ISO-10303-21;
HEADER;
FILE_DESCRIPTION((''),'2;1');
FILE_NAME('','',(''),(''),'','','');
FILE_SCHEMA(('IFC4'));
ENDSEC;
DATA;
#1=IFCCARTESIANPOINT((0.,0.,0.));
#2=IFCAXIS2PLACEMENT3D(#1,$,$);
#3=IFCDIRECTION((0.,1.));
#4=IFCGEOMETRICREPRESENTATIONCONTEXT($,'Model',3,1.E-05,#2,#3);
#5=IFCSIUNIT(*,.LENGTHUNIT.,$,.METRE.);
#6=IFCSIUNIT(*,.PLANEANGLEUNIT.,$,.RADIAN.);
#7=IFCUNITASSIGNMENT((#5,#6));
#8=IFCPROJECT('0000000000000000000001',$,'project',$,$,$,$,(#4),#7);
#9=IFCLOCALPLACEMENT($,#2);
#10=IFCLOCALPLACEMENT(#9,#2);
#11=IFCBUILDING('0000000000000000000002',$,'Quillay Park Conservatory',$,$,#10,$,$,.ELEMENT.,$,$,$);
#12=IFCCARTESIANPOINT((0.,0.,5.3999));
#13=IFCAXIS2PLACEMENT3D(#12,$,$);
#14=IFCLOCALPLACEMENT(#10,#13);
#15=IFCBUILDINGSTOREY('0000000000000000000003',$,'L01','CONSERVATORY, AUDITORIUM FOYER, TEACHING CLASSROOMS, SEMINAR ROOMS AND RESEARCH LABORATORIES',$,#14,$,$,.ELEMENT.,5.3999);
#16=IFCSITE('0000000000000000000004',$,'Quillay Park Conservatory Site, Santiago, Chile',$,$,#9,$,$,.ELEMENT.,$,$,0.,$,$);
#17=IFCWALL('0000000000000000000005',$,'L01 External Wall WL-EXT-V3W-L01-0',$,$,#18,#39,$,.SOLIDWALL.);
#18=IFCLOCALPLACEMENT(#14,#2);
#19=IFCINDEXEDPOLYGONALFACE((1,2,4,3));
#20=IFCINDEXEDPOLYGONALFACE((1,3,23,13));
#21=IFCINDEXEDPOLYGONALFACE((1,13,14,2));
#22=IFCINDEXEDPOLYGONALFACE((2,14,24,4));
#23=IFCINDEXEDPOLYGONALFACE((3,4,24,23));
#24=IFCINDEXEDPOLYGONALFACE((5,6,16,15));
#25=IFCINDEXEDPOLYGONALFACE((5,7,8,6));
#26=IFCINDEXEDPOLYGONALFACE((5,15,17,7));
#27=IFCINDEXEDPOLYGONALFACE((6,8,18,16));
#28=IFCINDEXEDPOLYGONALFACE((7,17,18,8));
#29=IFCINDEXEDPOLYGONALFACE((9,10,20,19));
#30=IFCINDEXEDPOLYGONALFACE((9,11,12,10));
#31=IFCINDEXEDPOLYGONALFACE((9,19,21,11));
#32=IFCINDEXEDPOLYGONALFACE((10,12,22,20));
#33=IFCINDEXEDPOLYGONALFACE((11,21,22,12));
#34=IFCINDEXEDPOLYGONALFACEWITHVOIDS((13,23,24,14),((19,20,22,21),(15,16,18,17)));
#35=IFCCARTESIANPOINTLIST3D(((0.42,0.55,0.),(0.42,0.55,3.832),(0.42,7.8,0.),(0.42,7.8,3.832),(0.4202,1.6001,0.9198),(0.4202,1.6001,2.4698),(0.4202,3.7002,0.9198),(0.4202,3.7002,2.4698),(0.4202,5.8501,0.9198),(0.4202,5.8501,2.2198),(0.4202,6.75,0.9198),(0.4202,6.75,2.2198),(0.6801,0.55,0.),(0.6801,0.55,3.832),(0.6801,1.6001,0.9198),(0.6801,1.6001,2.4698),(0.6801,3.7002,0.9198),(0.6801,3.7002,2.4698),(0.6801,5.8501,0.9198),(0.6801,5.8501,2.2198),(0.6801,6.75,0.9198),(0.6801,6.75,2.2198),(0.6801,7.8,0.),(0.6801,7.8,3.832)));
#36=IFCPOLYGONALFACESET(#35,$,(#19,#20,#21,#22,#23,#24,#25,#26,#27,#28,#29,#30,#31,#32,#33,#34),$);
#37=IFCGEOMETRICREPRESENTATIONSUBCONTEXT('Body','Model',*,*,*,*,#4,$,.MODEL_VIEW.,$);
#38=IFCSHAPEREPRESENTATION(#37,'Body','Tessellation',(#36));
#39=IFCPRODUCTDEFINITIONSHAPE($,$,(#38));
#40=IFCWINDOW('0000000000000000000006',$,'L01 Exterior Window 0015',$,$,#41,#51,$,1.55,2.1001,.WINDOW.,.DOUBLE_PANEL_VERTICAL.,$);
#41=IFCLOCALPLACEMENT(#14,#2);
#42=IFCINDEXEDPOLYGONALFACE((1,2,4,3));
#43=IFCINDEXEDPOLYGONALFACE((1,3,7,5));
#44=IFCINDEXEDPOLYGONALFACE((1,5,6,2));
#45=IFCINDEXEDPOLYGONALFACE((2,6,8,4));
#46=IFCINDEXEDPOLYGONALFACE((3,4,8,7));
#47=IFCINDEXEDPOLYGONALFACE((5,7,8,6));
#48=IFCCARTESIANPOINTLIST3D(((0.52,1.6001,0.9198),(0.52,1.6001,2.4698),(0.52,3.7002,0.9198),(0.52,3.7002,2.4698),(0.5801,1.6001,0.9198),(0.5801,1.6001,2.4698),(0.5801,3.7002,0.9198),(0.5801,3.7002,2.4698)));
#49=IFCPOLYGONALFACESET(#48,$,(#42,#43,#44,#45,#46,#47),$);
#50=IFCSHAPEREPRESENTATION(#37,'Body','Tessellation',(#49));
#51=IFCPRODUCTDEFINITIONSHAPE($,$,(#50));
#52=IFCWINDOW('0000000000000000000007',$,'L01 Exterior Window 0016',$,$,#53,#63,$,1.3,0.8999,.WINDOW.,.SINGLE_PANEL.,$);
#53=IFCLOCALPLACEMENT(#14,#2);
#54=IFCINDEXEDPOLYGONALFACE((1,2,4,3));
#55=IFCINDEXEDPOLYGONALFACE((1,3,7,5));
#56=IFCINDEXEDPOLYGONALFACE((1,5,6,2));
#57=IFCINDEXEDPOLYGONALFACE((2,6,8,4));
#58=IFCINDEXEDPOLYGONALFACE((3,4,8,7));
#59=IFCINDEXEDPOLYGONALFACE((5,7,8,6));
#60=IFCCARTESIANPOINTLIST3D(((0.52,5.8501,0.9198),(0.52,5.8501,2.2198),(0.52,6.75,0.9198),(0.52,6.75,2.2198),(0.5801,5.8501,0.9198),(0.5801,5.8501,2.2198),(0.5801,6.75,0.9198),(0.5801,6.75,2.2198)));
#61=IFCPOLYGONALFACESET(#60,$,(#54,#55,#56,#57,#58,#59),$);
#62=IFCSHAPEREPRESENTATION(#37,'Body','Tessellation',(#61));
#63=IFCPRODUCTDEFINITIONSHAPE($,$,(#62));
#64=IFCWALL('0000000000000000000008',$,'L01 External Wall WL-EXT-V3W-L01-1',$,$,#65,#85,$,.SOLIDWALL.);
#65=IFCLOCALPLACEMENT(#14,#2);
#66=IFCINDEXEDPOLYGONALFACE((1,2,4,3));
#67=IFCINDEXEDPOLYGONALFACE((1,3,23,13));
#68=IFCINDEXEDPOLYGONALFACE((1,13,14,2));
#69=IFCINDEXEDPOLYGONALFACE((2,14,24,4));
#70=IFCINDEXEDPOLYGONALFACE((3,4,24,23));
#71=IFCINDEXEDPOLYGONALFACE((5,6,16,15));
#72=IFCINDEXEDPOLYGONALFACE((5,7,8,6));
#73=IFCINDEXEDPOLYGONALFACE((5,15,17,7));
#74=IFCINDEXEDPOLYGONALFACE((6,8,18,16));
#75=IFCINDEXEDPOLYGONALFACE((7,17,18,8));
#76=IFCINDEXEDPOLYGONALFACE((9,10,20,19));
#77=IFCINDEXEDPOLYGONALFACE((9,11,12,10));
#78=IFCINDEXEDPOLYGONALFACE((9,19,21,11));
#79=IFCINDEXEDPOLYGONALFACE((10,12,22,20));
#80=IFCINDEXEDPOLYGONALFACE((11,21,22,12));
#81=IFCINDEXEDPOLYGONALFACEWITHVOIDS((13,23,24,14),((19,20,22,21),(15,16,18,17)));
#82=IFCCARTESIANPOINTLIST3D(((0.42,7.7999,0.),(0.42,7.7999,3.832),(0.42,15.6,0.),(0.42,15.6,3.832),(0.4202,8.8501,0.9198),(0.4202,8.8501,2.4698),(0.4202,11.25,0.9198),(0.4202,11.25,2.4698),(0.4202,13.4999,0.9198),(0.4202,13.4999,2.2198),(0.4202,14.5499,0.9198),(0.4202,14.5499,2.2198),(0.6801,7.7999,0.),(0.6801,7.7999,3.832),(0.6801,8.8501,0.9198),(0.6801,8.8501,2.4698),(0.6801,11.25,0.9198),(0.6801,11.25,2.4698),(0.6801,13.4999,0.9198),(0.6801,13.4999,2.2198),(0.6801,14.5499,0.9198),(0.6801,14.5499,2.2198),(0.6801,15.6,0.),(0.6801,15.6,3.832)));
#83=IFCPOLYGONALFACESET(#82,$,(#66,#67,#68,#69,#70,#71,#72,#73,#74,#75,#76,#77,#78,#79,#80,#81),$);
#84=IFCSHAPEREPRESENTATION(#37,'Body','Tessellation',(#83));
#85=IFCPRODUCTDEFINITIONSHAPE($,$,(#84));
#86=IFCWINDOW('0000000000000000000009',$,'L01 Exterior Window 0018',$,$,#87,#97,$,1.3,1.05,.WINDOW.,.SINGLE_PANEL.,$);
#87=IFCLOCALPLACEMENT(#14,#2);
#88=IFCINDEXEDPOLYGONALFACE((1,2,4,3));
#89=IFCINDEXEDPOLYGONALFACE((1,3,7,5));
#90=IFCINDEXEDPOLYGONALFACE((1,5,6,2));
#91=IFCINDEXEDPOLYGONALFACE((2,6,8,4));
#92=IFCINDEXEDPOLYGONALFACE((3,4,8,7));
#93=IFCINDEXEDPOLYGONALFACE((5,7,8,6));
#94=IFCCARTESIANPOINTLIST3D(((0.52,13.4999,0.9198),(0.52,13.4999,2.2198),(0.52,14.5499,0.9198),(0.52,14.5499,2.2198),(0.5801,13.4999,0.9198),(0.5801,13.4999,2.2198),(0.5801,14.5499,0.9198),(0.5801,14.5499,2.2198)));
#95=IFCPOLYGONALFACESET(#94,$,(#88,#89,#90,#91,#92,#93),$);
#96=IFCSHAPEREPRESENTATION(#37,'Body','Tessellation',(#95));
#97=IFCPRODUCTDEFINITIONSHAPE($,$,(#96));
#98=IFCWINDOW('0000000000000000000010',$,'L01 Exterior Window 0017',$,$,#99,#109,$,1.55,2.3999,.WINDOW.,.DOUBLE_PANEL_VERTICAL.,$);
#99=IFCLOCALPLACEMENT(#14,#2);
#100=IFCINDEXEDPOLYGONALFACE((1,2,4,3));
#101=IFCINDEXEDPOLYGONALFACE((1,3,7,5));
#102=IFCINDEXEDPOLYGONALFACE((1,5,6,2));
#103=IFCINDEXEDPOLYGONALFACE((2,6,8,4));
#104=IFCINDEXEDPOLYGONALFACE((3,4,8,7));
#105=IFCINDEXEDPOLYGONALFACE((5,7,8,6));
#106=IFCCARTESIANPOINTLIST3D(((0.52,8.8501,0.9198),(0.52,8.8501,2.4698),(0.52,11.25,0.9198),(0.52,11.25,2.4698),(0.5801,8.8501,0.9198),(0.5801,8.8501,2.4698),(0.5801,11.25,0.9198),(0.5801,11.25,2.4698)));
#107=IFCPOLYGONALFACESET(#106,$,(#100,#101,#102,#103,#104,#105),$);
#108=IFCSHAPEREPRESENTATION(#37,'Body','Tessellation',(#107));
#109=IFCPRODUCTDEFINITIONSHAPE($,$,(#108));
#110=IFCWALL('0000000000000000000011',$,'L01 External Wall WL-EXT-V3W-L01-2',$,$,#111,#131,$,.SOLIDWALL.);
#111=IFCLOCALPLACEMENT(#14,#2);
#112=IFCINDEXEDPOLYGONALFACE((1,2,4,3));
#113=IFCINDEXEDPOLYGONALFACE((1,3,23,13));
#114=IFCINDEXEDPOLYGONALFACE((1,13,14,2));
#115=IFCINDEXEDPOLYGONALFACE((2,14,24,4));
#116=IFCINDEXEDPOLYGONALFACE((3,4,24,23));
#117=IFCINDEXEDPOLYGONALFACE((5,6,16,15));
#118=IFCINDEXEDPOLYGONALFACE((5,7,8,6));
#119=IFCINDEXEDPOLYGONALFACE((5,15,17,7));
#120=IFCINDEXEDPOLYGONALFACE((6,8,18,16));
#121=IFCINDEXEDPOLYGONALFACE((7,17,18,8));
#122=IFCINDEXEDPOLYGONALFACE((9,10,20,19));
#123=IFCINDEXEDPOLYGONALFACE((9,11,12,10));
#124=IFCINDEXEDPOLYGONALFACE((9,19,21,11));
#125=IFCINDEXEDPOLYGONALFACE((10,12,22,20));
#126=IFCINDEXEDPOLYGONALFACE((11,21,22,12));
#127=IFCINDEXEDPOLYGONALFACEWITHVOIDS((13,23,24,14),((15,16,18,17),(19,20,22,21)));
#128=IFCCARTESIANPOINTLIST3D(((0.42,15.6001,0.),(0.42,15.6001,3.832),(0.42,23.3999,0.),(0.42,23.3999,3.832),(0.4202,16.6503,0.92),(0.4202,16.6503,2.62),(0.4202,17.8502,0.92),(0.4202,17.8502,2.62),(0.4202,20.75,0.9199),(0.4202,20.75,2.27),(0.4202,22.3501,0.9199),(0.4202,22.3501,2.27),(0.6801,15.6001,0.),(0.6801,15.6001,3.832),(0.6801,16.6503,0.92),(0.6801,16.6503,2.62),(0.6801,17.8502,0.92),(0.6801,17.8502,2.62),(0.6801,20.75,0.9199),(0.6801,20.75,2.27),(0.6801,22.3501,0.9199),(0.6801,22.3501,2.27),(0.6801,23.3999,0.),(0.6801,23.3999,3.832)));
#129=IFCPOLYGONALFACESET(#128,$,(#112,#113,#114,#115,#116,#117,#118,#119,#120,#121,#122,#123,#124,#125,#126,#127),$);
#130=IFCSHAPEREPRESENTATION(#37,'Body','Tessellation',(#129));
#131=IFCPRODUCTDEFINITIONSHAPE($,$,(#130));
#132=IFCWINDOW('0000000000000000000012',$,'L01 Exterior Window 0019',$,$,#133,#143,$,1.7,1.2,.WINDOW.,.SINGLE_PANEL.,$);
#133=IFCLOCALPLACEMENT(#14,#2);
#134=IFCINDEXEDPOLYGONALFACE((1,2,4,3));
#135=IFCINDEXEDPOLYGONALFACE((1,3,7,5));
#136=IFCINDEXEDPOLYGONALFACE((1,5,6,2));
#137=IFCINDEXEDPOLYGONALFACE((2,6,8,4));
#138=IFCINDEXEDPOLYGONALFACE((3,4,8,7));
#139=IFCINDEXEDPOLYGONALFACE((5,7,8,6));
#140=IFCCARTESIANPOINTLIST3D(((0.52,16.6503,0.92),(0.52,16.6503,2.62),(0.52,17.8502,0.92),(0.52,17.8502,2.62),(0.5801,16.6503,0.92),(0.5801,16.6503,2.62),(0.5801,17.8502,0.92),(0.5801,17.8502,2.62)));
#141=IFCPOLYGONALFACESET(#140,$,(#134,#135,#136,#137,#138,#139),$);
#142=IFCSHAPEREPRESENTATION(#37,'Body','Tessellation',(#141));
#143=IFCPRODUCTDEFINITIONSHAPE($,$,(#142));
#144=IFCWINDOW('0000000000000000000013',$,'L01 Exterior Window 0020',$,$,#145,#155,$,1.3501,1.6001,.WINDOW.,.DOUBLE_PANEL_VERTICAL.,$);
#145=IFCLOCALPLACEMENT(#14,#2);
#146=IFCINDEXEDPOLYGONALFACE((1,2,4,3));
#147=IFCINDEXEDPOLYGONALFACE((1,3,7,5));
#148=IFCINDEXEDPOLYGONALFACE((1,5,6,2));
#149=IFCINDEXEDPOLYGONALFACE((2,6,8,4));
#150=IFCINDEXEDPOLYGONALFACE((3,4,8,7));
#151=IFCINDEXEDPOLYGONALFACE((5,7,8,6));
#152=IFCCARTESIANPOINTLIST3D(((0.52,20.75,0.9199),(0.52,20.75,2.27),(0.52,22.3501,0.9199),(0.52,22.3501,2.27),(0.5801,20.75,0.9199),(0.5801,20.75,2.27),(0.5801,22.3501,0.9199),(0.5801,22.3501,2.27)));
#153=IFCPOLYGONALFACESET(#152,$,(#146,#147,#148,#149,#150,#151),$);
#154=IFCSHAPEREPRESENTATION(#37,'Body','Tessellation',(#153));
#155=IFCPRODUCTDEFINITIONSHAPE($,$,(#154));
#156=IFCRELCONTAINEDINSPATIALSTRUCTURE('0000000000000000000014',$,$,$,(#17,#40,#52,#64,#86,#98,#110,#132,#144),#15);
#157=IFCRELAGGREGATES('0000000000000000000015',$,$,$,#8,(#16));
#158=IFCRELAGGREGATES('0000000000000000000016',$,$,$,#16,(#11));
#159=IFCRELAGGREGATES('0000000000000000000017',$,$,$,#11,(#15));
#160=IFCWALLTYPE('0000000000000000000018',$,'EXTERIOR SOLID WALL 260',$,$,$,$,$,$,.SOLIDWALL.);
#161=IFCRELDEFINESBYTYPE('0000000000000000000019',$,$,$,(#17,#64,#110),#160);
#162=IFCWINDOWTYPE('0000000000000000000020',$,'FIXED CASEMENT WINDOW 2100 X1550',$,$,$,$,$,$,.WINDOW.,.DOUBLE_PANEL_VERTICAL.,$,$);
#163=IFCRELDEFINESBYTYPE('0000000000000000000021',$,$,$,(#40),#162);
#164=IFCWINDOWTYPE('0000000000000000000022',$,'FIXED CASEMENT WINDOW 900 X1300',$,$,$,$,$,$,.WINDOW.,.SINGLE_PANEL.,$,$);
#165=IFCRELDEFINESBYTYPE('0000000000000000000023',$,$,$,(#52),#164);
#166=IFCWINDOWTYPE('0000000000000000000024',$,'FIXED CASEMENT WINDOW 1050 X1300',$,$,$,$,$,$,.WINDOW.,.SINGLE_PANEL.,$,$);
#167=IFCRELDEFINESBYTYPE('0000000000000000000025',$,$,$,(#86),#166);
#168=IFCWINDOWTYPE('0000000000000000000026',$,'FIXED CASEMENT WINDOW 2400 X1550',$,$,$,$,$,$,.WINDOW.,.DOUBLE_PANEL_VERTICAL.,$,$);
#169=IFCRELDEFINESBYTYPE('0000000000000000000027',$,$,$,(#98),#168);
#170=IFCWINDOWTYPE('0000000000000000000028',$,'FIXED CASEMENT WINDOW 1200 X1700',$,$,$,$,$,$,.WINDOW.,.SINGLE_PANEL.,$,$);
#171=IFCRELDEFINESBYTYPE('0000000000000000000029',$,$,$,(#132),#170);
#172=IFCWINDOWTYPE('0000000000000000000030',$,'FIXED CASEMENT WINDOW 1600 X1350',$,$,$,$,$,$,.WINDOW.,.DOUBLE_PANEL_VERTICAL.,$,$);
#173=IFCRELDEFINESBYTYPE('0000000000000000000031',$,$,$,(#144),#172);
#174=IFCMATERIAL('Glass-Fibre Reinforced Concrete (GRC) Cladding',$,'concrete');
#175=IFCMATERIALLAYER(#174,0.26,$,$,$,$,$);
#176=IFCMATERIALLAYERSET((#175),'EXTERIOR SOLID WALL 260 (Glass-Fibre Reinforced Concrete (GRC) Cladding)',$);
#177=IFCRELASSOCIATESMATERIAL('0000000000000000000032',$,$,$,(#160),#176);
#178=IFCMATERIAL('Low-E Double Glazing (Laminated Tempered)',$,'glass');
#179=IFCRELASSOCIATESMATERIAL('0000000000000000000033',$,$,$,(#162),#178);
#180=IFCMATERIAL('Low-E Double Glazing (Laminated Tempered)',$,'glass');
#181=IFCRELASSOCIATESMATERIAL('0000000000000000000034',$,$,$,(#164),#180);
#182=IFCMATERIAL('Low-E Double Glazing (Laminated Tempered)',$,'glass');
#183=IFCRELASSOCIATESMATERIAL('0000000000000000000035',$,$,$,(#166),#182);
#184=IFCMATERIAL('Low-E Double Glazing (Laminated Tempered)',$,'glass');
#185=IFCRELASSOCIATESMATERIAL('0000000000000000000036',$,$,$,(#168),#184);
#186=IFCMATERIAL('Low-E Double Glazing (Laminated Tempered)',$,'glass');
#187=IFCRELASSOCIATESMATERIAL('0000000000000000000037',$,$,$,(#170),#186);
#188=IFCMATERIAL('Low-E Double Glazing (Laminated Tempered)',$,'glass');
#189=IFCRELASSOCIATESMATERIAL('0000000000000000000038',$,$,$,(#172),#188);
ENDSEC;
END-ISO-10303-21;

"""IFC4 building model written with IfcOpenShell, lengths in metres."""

from ifc_helpers import new_model, si_unit, direction, frame, frame_2d, origin, place, context, subcontext, project, spatial, rectangle, extrude, material, layer, layer_set, type_object, element, fill, save


model = new_model("IFC4")

# Units and contexts
model_context = context("Model", 3, precision=1e-05, world=origin(), true_north=direction((0.0, 1.0)))
body_context = subcontext(model_context, "Body", "Model", "MODEL_VIEW")
ifc_project = project(units=[si_unit("LENGTHUNIT", "METRE"), si_unit("PLANEANGLEUNIT", "RADIAN")], contexts=[model_context])

# Site, building, storey
site_placement = place(None, origin())
site = spatial("IfcSite", under=ifc_project, at=site_placement, Name="Quillay Park Conservatory Site, Santiago, Chile", CompositionType="ELEMENT", RefElevation=0.0)
building_placement = place(site_placement, origin())
building = spatial("IfcBuilding", under=site, at=building_placement, Name="Quillay Park Conservatory", CompositionType="ELEMENT")
storey_placement = place(building_placement, frame((0.0, 0.0, 5.3999)))
storey = spatial("IfcBuildingStorey", under=building, at=storey_placement, Name="L01", Description="CONSERVATORY, AUDITORIUM FOYER, TEACHING CLASSROOMS, SEMINAR ROOMS AND RESEARCH LABORATORIES", CompositionType="ELEMENT", Elevation=5.3999)

# Walls, openings, windows
ifc_material_1 = material(Name="Glass-Fibre Reinforced Concrete (GRC) Cladding", Category="concrete")
ifc_layer_1 = layer(ifc_material_1, 0.26)
ifc_layer_set_1 = layer_set([ifc_layer_1], Name="EXTERIOR SOLID WALL 260 (Glass-Fibre Reinforced Concrete (GRC) Cladding)")
wall_type_1 = type_object("IfcWallType", Name="EXTERIOR SOLID WALL 260", PredefinedType="SOLIDWALL", material=ifc_layer_set_1)
wall_1_placement = place(storey_placement, frame((0.55, 0.55, 0.0), z_axis=(0.0, 0.0, 1.0), x_axis=(0.0, 1.0, 0.0)))
wall_1 = element("IfcWall", 1, at=wall_1_placement, inside=storey, type_object=wall_type_1, Name="L01 External Wall WL-EXT-V3W-L01-0", PredefinedType="SOLIDWALL", context=body_context, shape_type="SweptSolid", body=[
    extrude(rectangle(XDim=7.25, YDim=0.26, at=frame_2d((3.625, 0.0))), origin(), (0.0, 0.0, 1.0), 3.832),
])
opening_1_placement = place(wall_1_placement, frame((1.05, 0.0, 0.9199)))
opening_1 = element("IfcOpeningElement", 2, at=opening_1_placement, cuts=wall_1, PredefinedType="OPENING", context=body_context, shape_type="SweptSolid", body=[
    extrude(rectangle(XDim=2.1001, YDim=1.55, at=frame_2d((1.05, 0.7749))), frame((0.0, 0.1299, 0.0), z_axis=(0.0, -1.0, 0.0), x_axis=(1.0, 0.0, 0.0)), (0.0, 0.0, 1.0), 0.26),
])
opening_2_placement = place(wall_1_placement, frame((5.3, 0.0, 0.9199)))
opening_2 = element("IfcOpeningElement", 3, at=opening_2_placement, cuts=wall_1, PredefinedType="OPENING", context=body_context, shape_type="SweptSolid", body=[
    extrude(rectangle(XDim=0.8999, YDim=1.3, at=frame_2d((0.45, 0.6499))), frame((0.0, 0.1299, 0.0), z_axis=(0.0, -1.0, 0.0), x_axis=(1.0, 0.0, 0.0)), (0.0, 0.0, 1.0), 0.26),
])
ifc_material_2 = material(Name="Low-E Double Glazing (Laminated Tempered)", Category="glass")
window_type_1 = type_object("IfcWindowType", Name="FIXED CASEMENT WINDOW 2100 X1550", PartitioningType="DOUBLE_PANEL_VERTICAL", PredefinedType="WINDOW", material=ifc_material_2)
window_1_placement = place(opening_1_placement, origin())
window_1 = element("IfcWindow", 4, at=window_1_placement, inside=storey, type_object=window_type_1, Name="L01 Exterior Window 0015", OverallHeight=1.55, OverallWidth=2.1001, PartitioningType="DOUBLE_PANEL_VERTICAL", PredefinedType="WINDOW", context=body_context, shape_type="SweptSolid", body=[
    extrude(rectangle(XDim=2.1001, YDim=1.55, at=frame_2d((1.05, 0.7749))), frame((0.0, 0.03, 0.0), z_axis=(0.0, -1.0, 0.0), x_axis=(1.0, 0.0, 0.0)), (0.0, 0.0, 1.0), 0.0601),
])
fill(opening_1, window_1)
ifc_material_3 = material(Name="Low-E Double Glazing (Laminated Tempered)", Category="glass")
window_type_2 = type_object("IfcWindowType", Name="FIXED CASEMENT WINDOW 900 X1300", PartitioningType="SINGLE_PANEL", PredefinedType="WINDOW", material=ifc_material_3)
window_2_placement = place(opening_2_placement, origin())
window_2 = element("IfcWindow", 5, at=window_2_placement, inside=storey, type_object=window_type_2, Name="L01 Exterior Window 0016", OverallHeight=1.3, OverallWidth=0.8999, PartitioningType="SINGLE_PANEL", PredefinedType="WINDOW", context=body_context, shape_type="SweptSolid", body=[
    extrude(rectangle(XDim=0.8999, YDim=1.3, at=frame_2d((0.45, 0.6499))), frame((0.0, 0.03, 0.0), z_axis=(0.0, -1.0, 0.0), x_axis=(1.0, 0.0, 0.0)), (0.0, 0.0, 1.0), 0.0601),
])
fill(opening_2, window_2)
wall_2_placement = place(storey_placement, frame((0.55, 7.8, 0.0), z_axis=(0.0, 0.0, 1.0), x_axis=(0.0, 1.0, 0.0)))
wall_2 = element("IfcWall", 6, at=wall_2_placement, inside=storey, type_object=wall_type_1, Name="L01 External Wall WL-EXT-V3W-L01-1", PredefinedType="SOLIDWALL", context=body_context, shape_type="SweptSolid", body=[
    extrude(rectangle(XDim=7.8, YDim=0.26, at=frame_2d((3.8999, 0.0))), origin(), (0.0, 0.0, 1.0), 3.832),
])
opening_3_placement = place(wall_2_placement, frame((1.05, 0.0, 0.9199)))
opening_3 = element("IfcOpeningElement", 7, at=opening_3_placement, cuts=wall_2, PredefinedType="OPENING", context=body_context, shape_type="SweptSolid", body=[
    extrude(rectangle(XDim=2.3999, YDim=1.55, at=frame_2d((1.2, 0.7749))), frame((0.0, 0.1299, 0.0), z_axis=(0.0, -1.0, 0.0), x_axis=(1.0, 0.0, 0.0)), (0.0, 0.0, 1.0), 0.26),
])
opening_4_placement = place(wall_2_placement, frame((5.7, 0.0, 0.9199)))
opening_4 = element("IfcOpeningElement", 8, at=opening_4_placement, cuts=wall_2, PredefinedType="OPENING", context=body_context, shape_type="SweptSolid", body=[
    extrude(rectangle(XDim=1.05, YDim=1.3, at=frame_2d((0.5249, 0.6499))), frame((0.0, 0.1299, 0.0), z_axis=(0.0, -1.0, 0.0), x_axis=(1.0, 0.0, 0.0)), (0.0, 0.0, 1.0), 0.26),
])
ifc_material_4 = material(Name="Low-E Double Glazing (Laminated Tempered)", Category="glass")
window_type_3 = type_object("IfcWindowType", Name="FIXED CASEMENT WINDOW 1050 X1300", PartitioningType="SINGLE_PANEL", PredefinedType="WINDOW", material=ifc_material_4)
window_3_placement = place(opening_4_placement, origin())
window_3 = element("IfcWindow", 9, at=window_3_placement, inside=storey, type_object=window_type_3, Name="L01 Exterior Window 0018", OverallHeight=1.3, OverallWidth=1.05, PartitioningType="SINGLE_PANEL", PredefinedType="WINDOW", context=body_context, shape_type="SweptSolid", body=[
    extrude(rectangle(XDim=1.05, YDim=1.3, at=frame_2d((0.5249, 0.6499))), frame((0.0, 0.03, 0.0), z_axis=(0.0, -1.0, 0.0), x_axis=(1.0, 0.0, 0.0)), (0.0, 0.0, 1.0), 0.0601),
])
fill(opening_4, window_3)
ifc_material_5 = material(Name="Low-E Double Glazing (Laminated Tempered)", Category="glass")
window_type_4 = type_object("IfcWindowType", Name="FIXED CASEMENT WINDOW 2400 X1550", PartitioningType="DOUBLE_PANEL_VERTICAL", PredefinedType="WINDOW", material=ifc_material_5)
window_4_placement = place(opening_3_placement, origin())
window_4 = element("IfcWindow", 10, at=window_4_placement, inside=storey, type_object=window_type_4, Name="L01 Exterior Window 0017", OverallHeight=1.55, OverallWidth=2.3999, PartitioningType="DOUBLE_PANEL_VERTICAL", PredefinedType="WINDOW", context=body_context, shape_type="SweptSolid", body=[
    extrude(rectangle(XDim=2.3999, YDim=1.55, at=frame_2d((1.2, 0.7749))), frame((0.0, 0.03, 0.0), z_axis=(0.0, -1.0, 0.0), x_axis=(1.0, 0.0, 0.0)), (0.0, 0.0, 1.0), 0.0601),
])
fill(opening_3, window_4)
wall_3_placement = place(storey_placement, frame((0.55, 15.6001, 0.0), z_axis=(0.0, 0.0, 1.0), x_axis=(0.0, 1.0, 0.0)))
wall_3 = element("IfcWall", 11, at=wall_3_placement, inside=storey, type_object=wall_type_1, Name="L01 External Wall WL-EXT-V3W-L01-2", PredefinedType="SOLIDWALL", context=body_context, shape_type="SweptSolid", body=[
    extrude(rectangle(XDim=7.7998, YDim=0.26, at=frame_2d((3.8999, 0.0))), origin(), (0.0, 0.0, 1.0), 3.832),
])
opening_5_placement = place(wall_3_placement, frame((1.05, 0.0, 0.9199)))
opening_5 = element("IfcOpeningElement", 12, at=opening_5_placement, cuts=wall_3, PredefinedType="OPENING", context=body_context, shape_type="SweptSolid", body=[
    extrude(rectangle(XDim=1.2, YDim=1.7, at=frame_2d((0.6001, 0.8501))), frame((0.0, 0.1299, 0.0), z_axis=(0.0, -1.0, 0.0), x_axis=(1.0, 0.0, 0.0)), (0.0, 0.0, 1.0), 0.26),
])
opening_6_placement = place(wall_3_placement, frame((5.1499, 0.0, 0.9199)))
opening_6 = element("IfcOpeningElement", 13, at=opening_6_placement, cuts=wall_3, PredefinedType="OPENING", context=body_context, shape_type="SweptSolid", body=[
    extrude(rectangle(XDim=1.6001, YDim=1.3501, at=frame_2d((0.8, 0.675))), frame((0.0, 0.1299, 0.0), z_axis=(0.0, -1.0, 0.0), x_axis=(1.0, 0.0, 0.0)), (0.0, 0.0, 1.0), 0.26),
])
ifc_material_6 = material(Name="Low-E Double Glazing (Laminated Tempered)", Category="glass")
window_type_5 = type_object("IfcWindowType", Name="FIXED CASEMENT WINDOW 1200 X1700", PartitioningType="SINGLE_PANEL", PredefinedType="WINDOW", material=ifc_material_6)
window_5_placement = place(opening_5_placement, origin())
window_5 = element("IfcWindow", 14, at=window_5_placement, inside=storey, type_object=window_type_5, Name="L01 Exterior Window 0019", OverallHeight=1.7, OverallWidth=1.2, PartitioningType="SINGLE_PANEL", PredefinedType="WINDOW", context=body_context, shape_type="SweptSolid", body=[
    extrude(rectangle(XDim=1.2, YDim=1.7, at=frame_2d((0.6001, 0.8501))), frame((0.0, 0.03, 0.0), z_axis=(0.0, -1.0, 0.0), x_axis=(1.0, 0.0, 0.0)), (0.0, 0.0, 1.0), 0.0601),
])
fill(opening_5, window_5)
ifc_material_7 = material(Name="Low-E Double Glazing (Laminated Tempered)", Category="glass")
window_type_6 = type_object("IfcWindowType", Name="FIXED CASEMENT WINDOW 1600 X1350", PartitioningType="DOUBLE_PANEL_VERTICAL", PredefinedType="WINDOW", material=ifc_material_7)
window_6_placement = place(opening_6_placement, origin())
window_6 = element("IfcWindow", 15, at=window_6_placement, inside=storey, type_object=window_type_6, Name="L01 Exterior Window 0020", OverallHeight=1.3501, OverallWidth=1.6001, PartitioningType="DOUBLE_PANEL_VERTICAL", PredefinedType="WINDOW", context=body_context, shape_type="SweptSolid", body=[
    extrude(rectangle(XDim=1.6001, YDim=1.3501, at=frame_2d((0.8, 0.675))), frame((0.0, 0.03, 0.0), z_axis=(0.0, -1.0, 0.0), x_axis=(1.0, 0.0, 0.0)), (0.0, 0.0, 1.0), 0.0601),
])
fill(opening_6, window_6)

save(model, "model.ifc")
